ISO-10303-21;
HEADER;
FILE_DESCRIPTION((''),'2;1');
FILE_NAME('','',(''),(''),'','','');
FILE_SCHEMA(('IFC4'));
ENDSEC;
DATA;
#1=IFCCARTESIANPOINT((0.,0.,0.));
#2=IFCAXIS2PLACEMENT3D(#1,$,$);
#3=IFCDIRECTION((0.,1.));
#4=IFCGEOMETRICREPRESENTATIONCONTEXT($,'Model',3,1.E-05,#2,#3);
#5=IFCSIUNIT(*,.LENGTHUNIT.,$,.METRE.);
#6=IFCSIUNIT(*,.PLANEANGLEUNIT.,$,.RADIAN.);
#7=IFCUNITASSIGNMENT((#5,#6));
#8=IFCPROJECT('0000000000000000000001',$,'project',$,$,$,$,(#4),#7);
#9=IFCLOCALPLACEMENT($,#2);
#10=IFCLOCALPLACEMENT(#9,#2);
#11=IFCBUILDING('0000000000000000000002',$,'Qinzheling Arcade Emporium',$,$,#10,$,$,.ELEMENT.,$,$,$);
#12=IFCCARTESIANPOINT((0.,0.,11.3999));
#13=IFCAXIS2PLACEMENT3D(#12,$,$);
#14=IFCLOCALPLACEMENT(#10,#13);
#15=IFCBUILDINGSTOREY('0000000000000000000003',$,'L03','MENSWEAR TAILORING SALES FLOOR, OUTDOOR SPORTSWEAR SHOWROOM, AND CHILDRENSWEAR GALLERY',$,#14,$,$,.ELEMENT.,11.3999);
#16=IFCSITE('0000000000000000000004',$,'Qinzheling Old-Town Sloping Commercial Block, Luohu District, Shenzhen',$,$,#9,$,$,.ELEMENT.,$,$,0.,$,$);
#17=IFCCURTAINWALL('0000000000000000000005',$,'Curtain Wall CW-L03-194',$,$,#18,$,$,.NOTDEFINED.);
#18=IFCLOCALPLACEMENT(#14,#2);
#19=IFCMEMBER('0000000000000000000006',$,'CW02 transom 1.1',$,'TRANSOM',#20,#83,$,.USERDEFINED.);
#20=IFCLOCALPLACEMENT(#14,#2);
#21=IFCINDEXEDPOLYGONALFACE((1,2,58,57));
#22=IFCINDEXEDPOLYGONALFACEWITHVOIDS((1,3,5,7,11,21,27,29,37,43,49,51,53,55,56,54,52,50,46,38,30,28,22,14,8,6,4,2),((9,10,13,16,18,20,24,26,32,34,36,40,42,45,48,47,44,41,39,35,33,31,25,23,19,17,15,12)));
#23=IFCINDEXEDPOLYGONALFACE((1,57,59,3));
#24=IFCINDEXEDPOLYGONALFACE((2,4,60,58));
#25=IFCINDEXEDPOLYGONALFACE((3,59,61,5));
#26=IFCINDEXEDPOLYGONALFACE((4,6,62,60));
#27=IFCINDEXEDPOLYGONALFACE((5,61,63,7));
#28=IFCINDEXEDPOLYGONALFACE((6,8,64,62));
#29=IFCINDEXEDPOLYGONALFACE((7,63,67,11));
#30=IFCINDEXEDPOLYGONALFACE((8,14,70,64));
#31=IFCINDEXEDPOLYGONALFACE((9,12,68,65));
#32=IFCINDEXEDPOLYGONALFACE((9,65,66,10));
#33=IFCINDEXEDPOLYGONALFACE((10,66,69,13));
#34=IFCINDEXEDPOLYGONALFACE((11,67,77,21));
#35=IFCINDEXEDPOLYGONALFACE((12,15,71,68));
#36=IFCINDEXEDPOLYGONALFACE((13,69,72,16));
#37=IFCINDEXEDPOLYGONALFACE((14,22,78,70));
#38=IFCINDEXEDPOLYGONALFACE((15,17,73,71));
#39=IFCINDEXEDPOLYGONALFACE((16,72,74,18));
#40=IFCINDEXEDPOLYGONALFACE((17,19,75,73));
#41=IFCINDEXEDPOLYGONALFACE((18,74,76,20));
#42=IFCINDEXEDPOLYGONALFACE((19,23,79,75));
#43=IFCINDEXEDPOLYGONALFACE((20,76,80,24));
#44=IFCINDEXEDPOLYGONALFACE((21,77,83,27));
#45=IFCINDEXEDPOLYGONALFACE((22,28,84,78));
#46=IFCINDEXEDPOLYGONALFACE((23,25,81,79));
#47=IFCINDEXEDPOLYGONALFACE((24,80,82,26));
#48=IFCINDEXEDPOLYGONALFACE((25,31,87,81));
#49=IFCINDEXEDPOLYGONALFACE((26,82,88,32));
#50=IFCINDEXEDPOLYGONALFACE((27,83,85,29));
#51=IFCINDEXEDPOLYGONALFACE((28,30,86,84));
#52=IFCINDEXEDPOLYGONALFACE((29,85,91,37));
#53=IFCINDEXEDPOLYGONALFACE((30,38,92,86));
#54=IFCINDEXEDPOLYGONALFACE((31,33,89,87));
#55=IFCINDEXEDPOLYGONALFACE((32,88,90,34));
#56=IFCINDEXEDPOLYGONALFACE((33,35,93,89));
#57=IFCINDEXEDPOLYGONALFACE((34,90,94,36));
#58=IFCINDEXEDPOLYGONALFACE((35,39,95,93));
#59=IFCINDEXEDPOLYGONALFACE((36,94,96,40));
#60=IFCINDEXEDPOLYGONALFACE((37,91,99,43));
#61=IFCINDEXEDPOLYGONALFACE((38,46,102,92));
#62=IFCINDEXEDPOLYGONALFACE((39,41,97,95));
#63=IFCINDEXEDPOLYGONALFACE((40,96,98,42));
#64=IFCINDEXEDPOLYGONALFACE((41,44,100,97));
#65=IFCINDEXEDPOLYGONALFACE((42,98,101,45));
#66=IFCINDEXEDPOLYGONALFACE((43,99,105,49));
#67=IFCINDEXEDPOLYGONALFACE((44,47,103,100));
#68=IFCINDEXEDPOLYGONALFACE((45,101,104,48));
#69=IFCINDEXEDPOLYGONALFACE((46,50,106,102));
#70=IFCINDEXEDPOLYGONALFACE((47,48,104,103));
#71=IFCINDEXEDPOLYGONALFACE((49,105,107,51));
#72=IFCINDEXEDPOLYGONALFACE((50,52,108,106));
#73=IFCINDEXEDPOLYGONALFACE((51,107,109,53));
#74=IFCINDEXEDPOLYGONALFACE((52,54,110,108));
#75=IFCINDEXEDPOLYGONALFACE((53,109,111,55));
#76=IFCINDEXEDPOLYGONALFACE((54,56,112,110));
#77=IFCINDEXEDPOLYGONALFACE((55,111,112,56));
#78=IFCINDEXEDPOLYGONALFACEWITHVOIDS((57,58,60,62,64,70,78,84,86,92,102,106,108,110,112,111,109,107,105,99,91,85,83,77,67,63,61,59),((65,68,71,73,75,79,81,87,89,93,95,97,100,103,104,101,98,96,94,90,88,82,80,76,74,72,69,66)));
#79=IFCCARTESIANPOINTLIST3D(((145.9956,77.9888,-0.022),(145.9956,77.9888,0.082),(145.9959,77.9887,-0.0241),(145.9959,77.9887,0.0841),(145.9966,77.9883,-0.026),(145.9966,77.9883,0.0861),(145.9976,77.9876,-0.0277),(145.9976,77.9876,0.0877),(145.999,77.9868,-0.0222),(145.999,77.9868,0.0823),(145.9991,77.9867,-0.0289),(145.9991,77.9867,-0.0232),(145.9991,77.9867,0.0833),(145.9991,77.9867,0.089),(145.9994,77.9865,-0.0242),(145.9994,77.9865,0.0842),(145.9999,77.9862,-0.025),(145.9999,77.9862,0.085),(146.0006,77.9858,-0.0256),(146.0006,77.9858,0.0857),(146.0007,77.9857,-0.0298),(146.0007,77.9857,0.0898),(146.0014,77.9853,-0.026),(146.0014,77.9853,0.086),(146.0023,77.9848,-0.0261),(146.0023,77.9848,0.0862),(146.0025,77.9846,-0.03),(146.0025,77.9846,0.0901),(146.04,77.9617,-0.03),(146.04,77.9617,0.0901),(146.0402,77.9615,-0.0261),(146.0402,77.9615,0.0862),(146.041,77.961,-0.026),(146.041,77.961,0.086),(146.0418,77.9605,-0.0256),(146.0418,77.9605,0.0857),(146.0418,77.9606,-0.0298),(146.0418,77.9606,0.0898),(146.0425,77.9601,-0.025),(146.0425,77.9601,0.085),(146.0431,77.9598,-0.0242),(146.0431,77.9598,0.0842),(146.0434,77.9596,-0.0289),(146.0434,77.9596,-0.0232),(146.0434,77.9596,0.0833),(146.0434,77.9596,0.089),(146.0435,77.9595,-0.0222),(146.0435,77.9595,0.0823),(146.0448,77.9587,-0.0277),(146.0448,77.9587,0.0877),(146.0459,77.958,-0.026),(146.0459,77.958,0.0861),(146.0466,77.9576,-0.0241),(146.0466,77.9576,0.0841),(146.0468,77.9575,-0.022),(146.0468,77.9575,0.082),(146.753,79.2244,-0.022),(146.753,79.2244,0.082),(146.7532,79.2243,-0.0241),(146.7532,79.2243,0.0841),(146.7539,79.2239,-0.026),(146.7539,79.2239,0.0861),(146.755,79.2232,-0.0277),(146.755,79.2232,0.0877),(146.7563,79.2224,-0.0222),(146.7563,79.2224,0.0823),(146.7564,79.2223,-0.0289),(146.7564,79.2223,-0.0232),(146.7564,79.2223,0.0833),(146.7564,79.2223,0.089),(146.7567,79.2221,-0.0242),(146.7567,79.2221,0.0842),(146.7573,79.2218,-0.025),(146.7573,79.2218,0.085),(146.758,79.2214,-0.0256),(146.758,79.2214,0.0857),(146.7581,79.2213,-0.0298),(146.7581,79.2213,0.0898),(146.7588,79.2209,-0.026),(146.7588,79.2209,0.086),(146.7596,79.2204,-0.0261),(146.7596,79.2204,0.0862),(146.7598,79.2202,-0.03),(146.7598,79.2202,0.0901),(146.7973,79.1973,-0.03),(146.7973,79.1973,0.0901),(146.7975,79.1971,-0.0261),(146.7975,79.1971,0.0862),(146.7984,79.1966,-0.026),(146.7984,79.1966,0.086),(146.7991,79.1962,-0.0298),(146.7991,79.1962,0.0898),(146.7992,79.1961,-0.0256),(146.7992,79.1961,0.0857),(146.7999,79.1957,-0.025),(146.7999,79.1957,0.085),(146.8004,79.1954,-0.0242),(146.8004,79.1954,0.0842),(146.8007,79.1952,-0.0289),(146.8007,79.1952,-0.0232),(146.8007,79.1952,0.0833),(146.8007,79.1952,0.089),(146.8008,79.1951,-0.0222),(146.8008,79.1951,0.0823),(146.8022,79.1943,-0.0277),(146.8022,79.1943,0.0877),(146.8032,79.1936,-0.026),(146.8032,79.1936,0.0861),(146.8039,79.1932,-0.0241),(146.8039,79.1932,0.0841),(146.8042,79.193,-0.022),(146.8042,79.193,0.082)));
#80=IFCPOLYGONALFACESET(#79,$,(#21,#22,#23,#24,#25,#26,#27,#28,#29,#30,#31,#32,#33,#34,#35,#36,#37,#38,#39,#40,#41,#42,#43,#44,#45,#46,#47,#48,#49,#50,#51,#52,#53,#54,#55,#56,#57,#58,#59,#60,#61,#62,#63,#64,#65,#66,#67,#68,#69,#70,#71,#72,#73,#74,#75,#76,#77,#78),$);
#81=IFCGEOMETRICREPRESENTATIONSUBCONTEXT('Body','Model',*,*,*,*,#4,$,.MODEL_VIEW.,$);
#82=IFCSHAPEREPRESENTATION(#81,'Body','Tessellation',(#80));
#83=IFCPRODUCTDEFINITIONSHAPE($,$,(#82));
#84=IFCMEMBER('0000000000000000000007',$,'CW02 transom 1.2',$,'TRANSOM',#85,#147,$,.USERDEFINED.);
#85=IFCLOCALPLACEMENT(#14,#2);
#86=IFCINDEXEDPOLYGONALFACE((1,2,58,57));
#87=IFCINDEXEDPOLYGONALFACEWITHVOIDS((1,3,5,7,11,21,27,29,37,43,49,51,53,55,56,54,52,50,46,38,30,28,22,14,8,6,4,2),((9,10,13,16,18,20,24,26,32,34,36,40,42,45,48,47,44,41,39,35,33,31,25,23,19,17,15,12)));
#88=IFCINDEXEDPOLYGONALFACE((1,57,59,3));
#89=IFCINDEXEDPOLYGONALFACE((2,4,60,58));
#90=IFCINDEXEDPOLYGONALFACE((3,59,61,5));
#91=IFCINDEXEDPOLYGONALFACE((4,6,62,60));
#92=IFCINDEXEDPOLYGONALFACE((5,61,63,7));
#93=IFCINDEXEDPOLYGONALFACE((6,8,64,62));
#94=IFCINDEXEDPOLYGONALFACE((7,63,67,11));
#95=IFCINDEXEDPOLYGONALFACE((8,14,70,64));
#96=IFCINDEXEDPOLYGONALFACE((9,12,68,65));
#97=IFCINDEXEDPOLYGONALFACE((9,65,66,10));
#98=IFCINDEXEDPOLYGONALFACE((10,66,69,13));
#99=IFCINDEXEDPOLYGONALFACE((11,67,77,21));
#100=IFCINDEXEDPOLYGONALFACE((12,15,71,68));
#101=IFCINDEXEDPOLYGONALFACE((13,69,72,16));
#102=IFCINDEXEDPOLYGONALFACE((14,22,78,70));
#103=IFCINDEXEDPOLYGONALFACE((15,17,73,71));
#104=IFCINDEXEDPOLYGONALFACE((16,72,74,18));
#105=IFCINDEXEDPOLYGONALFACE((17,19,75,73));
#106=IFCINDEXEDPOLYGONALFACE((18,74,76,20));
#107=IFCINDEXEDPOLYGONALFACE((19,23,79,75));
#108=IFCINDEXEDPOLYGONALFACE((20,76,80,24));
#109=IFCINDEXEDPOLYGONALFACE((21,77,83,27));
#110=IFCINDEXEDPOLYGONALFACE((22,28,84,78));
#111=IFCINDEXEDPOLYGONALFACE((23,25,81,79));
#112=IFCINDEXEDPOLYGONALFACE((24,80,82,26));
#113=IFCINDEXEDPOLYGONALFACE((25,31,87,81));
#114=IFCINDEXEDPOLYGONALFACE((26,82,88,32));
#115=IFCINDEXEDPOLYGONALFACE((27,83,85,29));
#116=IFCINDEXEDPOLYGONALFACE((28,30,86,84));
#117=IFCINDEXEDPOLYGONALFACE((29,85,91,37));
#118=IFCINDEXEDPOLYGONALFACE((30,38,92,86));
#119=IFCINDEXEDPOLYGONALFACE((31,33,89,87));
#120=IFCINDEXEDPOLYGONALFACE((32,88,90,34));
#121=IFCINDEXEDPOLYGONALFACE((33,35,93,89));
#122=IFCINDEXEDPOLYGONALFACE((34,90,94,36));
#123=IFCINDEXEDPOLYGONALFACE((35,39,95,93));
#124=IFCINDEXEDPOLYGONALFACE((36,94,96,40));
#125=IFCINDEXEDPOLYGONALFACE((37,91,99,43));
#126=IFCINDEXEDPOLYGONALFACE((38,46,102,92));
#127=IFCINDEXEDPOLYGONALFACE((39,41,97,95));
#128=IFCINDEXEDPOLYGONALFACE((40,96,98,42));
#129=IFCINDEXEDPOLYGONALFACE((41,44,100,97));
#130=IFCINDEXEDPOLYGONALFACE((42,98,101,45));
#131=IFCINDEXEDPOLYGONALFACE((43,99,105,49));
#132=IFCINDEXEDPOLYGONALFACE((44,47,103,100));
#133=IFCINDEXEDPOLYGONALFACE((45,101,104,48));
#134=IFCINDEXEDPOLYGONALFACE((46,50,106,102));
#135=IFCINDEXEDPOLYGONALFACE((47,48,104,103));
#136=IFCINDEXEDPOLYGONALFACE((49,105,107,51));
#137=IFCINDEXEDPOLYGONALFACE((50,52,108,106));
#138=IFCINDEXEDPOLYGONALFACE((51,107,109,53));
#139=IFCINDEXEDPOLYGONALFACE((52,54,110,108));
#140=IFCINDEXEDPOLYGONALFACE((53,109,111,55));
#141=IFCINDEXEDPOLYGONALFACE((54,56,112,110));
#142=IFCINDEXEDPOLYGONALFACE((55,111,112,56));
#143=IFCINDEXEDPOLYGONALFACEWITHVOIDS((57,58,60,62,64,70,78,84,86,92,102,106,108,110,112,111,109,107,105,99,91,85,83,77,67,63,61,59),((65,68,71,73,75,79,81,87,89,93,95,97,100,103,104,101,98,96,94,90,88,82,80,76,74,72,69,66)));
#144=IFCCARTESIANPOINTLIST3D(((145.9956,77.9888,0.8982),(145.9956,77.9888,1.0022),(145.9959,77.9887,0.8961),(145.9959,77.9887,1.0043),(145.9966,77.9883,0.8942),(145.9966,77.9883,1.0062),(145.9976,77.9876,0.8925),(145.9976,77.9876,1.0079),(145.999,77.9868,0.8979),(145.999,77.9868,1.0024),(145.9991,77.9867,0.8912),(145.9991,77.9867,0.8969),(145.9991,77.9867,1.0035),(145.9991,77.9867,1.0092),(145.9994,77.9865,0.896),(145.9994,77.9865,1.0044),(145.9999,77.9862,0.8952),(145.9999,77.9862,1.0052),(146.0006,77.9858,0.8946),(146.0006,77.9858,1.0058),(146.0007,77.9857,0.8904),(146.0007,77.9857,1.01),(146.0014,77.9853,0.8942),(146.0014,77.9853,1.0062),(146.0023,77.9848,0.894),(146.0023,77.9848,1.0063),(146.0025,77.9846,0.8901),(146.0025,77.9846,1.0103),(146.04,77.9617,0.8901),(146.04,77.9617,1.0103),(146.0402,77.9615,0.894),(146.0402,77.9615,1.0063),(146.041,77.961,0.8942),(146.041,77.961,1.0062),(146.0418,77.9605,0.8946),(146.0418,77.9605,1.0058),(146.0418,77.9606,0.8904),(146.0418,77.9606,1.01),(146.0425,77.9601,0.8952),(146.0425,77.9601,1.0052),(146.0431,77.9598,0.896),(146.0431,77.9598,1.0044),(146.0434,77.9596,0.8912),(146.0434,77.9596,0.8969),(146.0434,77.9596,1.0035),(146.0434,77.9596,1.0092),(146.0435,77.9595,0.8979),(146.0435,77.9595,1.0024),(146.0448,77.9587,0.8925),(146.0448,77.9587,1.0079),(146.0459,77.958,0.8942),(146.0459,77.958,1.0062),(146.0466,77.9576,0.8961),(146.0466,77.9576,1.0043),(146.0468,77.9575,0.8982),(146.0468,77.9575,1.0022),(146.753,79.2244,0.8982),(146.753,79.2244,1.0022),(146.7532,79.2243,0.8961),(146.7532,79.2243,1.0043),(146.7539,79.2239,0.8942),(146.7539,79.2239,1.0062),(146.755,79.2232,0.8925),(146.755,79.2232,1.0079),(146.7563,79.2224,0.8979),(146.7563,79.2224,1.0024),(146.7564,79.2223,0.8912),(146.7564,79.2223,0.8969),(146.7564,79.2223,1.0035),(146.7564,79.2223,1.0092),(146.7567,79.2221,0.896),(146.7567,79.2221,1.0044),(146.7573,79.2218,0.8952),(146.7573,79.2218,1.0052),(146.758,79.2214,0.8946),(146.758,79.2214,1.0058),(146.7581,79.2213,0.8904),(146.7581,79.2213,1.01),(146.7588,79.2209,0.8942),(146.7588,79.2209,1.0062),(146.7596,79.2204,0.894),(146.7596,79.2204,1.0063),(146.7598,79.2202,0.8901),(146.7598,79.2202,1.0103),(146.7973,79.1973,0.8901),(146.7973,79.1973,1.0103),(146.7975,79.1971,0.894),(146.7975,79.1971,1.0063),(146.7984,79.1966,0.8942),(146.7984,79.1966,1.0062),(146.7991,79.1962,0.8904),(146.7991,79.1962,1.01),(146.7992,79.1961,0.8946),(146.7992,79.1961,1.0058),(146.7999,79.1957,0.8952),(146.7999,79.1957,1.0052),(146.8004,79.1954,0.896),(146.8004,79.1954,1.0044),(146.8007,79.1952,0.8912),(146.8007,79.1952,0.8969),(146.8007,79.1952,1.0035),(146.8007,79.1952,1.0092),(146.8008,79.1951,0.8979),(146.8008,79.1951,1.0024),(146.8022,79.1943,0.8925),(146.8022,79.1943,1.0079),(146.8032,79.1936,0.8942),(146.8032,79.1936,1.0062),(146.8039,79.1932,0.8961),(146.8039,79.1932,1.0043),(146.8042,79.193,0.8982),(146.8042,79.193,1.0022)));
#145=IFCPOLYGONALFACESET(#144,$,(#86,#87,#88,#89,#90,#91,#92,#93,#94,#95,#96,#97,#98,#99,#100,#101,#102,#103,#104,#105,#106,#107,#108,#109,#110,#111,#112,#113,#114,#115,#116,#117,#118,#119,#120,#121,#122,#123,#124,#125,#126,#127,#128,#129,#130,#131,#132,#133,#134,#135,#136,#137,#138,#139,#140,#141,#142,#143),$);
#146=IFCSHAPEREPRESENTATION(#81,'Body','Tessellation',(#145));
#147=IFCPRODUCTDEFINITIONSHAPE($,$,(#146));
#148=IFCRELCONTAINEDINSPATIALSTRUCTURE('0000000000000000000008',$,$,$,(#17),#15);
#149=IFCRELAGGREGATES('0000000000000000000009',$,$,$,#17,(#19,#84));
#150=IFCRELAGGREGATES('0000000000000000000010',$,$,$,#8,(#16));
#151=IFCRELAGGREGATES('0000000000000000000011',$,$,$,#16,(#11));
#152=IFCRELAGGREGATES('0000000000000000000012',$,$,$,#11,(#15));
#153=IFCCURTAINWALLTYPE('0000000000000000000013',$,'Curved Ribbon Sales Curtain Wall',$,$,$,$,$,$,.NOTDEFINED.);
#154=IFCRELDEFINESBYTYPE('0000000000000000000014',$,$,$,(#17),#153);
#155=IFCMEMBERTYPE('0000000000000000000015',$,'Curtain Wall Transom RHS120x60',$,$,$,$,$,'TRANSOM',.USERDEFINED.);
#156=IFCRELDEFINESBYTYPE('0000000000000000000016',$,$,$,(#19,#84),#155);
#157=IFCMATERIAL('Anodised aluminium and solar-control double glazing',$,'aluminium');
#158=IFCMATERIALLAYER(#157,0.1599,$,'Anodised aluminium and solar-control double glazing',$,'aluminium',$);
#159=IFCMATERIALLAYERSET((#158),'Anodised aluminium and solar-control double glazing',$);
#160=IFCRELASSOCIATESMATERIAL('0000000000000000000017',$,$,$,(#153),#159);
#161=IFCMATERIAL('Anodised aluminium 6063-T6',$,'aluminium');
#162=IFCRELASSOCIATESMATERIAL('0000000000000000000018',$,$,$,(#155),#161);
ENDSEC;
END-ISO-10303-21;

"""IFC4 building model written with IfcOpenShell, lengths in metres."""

from ifc_helpers import new_model, si_unit, direction, frame, origin, origin_2d, place, context, subcontext, project, spatial, hollow_rectangle, extrude, material, layer, layer_set, material_profile, profile_set, type_object, element, aggregate, save


model = new_model("IFC4")

# Units and contexts
model_context = context("Model", 3, precision=1e-05, world=origin(), true_north=direction((0.0, 1.0)))
body_context = subcontext(model_context, "Body", "Model", "MODEL_VIEW")
ifc_project = project(units=[si_unit("LENGTHUNIT", "METRE"), si_unit("PLANEANGLEUNIT", "RADIAN")], contexts=[model_context])

# Site, building, storey
site_placement = place(None, origin())
site = spatial("IfcSite", under=ifc_project, at=site_placement, Name="Qinzheling Old-Town Sloping Commercial Block, Luohu District, Shenzhen", CompositionType="ELEMENT", RefElevation=0.0)
building_placement = place(site_placement, origin())
building = spatial("IfcBuilding", under=site, at=building_placement, Name="Qinzheling Arcade Emporium", CompositionType="ELEMENT")
storey_placement = place(building_placement, frame((0.0, 0.0, 11.3999)))
storey = spatial("IfcBuildingStorey", under=building, at=storey_placement, Name="L03", Description="MENSWEAR TAILORING SALES FLOOR, OUTDOOR SPORTSWEAR SHOWROOM, AND CHILDRENSWEAR GALLERY", CompositionType="ELEMENT", Elevation=11.3999)

# Curtain wall
ifc_material_1 = material(Name="Anodised aluminium and solar-control double glazing", Category="aluminium")
ifc_layer_1 = layer(ifc_material_1, 0.1599, Name="Anodised aluminium and solar-control double glazing", Category="aluminium")
ifc_layer_set_1 = layer_set([ifc_layer_1], Name="Anodised aluminium and solar-control double glazing")
curtain_wall_type = type_object("IfcCurtainWallType", Name="Curved Ribbon Sales Curtain Wall", PredefinedType="NOTDEFINED", material=ifc_layer_set_1)
ifc_material_2 = material(Name="Anodised aluminium 6063-T6", Category="aluminium")
curtain_wall_1_placement = place(storey_placement, origin())
curtain_wall_1 = element("IfcCurtainWall", 1, at=curtain_wall_1_placement, inside=storey, type_object=curtain_wall_type, Name="Curtain Wall CW-L03-194", PredefinedType="NOTDEFINED")

# Members
ifc_material_profile_1 = material_profile(ifc_material_2, hollow_rectangle(XDim=0.0601, YDim=0.1201, WallThickness=0.0039, InnerFilletRadius=0.0039, OuterFilletRadius=0.0081, at=origin_2d()), Name="RHS 120x60x4", Category="aluminium")
ifc_profile_set_1 = profile_set([ifc_material_profile_1], Name="Anodised aluminium 6063-T6")
member_type_1 = type_object("IfcMemberType", Name="Curtain Wall Transom RHS120x60", ElementType="TRANSOM", PredefinedType="USERDEFINED", material=ifc_profile_set_1)
member_1_placement = place(storey_placement, frame((146.7786, 79.2087, 0.03), z_axis=(-0.522574, -0.852594, 0.0), x_axis=(0.852594, -0.522574, 0.0)))
member_1 = element("IfcMember", 2, at=member_1_placement, type_object=member_type_1, Name="CW02 transom 1.1", ObjectType="TRANSOM", PredefinedType="USERDEFINED", context=body_context, shape_type="SweptSolid", body=[
    extrude(hollow_rectangle(XDim=0.0601, YDim=0.1201, WallThickness=0.0039, InnerFilletRadius=0.0039, OuterFilletRadius=0.0081, at=origin_2d()), origin(), (0.0, 0.0, 1.0), 1.4492),
])
member_2_placement = place(storey_placement, frame((146.7786, 79.2087, 0.9502), z_axis=(-0.522574, -0.852594, 0.0), x_axis=(0.852594, -0.522574, 0.0)))
member_2 = element("IfcMember", 3, at=member_2_placement, type_object=member_type_1, Name="CW02 transom 1.2", ObjectType="TRANSOM", PredefinedType="USERDEFINED", context=body_context, shape_type="SweptSolid", body=[
    extrude(hollow_rectangle(XDim=0.0601, YDim=0.1201, WallThickness=0.0039, InnerFilletRadius=0.0039, OuterFilletRadius=0.0081, at=origin_2d()), origin(), (0.0, 0.0, 1.0), 1.4492),
])
aggregate(curtain_wall_1, [member_1, member_2])

save(model, "model.ifc")
